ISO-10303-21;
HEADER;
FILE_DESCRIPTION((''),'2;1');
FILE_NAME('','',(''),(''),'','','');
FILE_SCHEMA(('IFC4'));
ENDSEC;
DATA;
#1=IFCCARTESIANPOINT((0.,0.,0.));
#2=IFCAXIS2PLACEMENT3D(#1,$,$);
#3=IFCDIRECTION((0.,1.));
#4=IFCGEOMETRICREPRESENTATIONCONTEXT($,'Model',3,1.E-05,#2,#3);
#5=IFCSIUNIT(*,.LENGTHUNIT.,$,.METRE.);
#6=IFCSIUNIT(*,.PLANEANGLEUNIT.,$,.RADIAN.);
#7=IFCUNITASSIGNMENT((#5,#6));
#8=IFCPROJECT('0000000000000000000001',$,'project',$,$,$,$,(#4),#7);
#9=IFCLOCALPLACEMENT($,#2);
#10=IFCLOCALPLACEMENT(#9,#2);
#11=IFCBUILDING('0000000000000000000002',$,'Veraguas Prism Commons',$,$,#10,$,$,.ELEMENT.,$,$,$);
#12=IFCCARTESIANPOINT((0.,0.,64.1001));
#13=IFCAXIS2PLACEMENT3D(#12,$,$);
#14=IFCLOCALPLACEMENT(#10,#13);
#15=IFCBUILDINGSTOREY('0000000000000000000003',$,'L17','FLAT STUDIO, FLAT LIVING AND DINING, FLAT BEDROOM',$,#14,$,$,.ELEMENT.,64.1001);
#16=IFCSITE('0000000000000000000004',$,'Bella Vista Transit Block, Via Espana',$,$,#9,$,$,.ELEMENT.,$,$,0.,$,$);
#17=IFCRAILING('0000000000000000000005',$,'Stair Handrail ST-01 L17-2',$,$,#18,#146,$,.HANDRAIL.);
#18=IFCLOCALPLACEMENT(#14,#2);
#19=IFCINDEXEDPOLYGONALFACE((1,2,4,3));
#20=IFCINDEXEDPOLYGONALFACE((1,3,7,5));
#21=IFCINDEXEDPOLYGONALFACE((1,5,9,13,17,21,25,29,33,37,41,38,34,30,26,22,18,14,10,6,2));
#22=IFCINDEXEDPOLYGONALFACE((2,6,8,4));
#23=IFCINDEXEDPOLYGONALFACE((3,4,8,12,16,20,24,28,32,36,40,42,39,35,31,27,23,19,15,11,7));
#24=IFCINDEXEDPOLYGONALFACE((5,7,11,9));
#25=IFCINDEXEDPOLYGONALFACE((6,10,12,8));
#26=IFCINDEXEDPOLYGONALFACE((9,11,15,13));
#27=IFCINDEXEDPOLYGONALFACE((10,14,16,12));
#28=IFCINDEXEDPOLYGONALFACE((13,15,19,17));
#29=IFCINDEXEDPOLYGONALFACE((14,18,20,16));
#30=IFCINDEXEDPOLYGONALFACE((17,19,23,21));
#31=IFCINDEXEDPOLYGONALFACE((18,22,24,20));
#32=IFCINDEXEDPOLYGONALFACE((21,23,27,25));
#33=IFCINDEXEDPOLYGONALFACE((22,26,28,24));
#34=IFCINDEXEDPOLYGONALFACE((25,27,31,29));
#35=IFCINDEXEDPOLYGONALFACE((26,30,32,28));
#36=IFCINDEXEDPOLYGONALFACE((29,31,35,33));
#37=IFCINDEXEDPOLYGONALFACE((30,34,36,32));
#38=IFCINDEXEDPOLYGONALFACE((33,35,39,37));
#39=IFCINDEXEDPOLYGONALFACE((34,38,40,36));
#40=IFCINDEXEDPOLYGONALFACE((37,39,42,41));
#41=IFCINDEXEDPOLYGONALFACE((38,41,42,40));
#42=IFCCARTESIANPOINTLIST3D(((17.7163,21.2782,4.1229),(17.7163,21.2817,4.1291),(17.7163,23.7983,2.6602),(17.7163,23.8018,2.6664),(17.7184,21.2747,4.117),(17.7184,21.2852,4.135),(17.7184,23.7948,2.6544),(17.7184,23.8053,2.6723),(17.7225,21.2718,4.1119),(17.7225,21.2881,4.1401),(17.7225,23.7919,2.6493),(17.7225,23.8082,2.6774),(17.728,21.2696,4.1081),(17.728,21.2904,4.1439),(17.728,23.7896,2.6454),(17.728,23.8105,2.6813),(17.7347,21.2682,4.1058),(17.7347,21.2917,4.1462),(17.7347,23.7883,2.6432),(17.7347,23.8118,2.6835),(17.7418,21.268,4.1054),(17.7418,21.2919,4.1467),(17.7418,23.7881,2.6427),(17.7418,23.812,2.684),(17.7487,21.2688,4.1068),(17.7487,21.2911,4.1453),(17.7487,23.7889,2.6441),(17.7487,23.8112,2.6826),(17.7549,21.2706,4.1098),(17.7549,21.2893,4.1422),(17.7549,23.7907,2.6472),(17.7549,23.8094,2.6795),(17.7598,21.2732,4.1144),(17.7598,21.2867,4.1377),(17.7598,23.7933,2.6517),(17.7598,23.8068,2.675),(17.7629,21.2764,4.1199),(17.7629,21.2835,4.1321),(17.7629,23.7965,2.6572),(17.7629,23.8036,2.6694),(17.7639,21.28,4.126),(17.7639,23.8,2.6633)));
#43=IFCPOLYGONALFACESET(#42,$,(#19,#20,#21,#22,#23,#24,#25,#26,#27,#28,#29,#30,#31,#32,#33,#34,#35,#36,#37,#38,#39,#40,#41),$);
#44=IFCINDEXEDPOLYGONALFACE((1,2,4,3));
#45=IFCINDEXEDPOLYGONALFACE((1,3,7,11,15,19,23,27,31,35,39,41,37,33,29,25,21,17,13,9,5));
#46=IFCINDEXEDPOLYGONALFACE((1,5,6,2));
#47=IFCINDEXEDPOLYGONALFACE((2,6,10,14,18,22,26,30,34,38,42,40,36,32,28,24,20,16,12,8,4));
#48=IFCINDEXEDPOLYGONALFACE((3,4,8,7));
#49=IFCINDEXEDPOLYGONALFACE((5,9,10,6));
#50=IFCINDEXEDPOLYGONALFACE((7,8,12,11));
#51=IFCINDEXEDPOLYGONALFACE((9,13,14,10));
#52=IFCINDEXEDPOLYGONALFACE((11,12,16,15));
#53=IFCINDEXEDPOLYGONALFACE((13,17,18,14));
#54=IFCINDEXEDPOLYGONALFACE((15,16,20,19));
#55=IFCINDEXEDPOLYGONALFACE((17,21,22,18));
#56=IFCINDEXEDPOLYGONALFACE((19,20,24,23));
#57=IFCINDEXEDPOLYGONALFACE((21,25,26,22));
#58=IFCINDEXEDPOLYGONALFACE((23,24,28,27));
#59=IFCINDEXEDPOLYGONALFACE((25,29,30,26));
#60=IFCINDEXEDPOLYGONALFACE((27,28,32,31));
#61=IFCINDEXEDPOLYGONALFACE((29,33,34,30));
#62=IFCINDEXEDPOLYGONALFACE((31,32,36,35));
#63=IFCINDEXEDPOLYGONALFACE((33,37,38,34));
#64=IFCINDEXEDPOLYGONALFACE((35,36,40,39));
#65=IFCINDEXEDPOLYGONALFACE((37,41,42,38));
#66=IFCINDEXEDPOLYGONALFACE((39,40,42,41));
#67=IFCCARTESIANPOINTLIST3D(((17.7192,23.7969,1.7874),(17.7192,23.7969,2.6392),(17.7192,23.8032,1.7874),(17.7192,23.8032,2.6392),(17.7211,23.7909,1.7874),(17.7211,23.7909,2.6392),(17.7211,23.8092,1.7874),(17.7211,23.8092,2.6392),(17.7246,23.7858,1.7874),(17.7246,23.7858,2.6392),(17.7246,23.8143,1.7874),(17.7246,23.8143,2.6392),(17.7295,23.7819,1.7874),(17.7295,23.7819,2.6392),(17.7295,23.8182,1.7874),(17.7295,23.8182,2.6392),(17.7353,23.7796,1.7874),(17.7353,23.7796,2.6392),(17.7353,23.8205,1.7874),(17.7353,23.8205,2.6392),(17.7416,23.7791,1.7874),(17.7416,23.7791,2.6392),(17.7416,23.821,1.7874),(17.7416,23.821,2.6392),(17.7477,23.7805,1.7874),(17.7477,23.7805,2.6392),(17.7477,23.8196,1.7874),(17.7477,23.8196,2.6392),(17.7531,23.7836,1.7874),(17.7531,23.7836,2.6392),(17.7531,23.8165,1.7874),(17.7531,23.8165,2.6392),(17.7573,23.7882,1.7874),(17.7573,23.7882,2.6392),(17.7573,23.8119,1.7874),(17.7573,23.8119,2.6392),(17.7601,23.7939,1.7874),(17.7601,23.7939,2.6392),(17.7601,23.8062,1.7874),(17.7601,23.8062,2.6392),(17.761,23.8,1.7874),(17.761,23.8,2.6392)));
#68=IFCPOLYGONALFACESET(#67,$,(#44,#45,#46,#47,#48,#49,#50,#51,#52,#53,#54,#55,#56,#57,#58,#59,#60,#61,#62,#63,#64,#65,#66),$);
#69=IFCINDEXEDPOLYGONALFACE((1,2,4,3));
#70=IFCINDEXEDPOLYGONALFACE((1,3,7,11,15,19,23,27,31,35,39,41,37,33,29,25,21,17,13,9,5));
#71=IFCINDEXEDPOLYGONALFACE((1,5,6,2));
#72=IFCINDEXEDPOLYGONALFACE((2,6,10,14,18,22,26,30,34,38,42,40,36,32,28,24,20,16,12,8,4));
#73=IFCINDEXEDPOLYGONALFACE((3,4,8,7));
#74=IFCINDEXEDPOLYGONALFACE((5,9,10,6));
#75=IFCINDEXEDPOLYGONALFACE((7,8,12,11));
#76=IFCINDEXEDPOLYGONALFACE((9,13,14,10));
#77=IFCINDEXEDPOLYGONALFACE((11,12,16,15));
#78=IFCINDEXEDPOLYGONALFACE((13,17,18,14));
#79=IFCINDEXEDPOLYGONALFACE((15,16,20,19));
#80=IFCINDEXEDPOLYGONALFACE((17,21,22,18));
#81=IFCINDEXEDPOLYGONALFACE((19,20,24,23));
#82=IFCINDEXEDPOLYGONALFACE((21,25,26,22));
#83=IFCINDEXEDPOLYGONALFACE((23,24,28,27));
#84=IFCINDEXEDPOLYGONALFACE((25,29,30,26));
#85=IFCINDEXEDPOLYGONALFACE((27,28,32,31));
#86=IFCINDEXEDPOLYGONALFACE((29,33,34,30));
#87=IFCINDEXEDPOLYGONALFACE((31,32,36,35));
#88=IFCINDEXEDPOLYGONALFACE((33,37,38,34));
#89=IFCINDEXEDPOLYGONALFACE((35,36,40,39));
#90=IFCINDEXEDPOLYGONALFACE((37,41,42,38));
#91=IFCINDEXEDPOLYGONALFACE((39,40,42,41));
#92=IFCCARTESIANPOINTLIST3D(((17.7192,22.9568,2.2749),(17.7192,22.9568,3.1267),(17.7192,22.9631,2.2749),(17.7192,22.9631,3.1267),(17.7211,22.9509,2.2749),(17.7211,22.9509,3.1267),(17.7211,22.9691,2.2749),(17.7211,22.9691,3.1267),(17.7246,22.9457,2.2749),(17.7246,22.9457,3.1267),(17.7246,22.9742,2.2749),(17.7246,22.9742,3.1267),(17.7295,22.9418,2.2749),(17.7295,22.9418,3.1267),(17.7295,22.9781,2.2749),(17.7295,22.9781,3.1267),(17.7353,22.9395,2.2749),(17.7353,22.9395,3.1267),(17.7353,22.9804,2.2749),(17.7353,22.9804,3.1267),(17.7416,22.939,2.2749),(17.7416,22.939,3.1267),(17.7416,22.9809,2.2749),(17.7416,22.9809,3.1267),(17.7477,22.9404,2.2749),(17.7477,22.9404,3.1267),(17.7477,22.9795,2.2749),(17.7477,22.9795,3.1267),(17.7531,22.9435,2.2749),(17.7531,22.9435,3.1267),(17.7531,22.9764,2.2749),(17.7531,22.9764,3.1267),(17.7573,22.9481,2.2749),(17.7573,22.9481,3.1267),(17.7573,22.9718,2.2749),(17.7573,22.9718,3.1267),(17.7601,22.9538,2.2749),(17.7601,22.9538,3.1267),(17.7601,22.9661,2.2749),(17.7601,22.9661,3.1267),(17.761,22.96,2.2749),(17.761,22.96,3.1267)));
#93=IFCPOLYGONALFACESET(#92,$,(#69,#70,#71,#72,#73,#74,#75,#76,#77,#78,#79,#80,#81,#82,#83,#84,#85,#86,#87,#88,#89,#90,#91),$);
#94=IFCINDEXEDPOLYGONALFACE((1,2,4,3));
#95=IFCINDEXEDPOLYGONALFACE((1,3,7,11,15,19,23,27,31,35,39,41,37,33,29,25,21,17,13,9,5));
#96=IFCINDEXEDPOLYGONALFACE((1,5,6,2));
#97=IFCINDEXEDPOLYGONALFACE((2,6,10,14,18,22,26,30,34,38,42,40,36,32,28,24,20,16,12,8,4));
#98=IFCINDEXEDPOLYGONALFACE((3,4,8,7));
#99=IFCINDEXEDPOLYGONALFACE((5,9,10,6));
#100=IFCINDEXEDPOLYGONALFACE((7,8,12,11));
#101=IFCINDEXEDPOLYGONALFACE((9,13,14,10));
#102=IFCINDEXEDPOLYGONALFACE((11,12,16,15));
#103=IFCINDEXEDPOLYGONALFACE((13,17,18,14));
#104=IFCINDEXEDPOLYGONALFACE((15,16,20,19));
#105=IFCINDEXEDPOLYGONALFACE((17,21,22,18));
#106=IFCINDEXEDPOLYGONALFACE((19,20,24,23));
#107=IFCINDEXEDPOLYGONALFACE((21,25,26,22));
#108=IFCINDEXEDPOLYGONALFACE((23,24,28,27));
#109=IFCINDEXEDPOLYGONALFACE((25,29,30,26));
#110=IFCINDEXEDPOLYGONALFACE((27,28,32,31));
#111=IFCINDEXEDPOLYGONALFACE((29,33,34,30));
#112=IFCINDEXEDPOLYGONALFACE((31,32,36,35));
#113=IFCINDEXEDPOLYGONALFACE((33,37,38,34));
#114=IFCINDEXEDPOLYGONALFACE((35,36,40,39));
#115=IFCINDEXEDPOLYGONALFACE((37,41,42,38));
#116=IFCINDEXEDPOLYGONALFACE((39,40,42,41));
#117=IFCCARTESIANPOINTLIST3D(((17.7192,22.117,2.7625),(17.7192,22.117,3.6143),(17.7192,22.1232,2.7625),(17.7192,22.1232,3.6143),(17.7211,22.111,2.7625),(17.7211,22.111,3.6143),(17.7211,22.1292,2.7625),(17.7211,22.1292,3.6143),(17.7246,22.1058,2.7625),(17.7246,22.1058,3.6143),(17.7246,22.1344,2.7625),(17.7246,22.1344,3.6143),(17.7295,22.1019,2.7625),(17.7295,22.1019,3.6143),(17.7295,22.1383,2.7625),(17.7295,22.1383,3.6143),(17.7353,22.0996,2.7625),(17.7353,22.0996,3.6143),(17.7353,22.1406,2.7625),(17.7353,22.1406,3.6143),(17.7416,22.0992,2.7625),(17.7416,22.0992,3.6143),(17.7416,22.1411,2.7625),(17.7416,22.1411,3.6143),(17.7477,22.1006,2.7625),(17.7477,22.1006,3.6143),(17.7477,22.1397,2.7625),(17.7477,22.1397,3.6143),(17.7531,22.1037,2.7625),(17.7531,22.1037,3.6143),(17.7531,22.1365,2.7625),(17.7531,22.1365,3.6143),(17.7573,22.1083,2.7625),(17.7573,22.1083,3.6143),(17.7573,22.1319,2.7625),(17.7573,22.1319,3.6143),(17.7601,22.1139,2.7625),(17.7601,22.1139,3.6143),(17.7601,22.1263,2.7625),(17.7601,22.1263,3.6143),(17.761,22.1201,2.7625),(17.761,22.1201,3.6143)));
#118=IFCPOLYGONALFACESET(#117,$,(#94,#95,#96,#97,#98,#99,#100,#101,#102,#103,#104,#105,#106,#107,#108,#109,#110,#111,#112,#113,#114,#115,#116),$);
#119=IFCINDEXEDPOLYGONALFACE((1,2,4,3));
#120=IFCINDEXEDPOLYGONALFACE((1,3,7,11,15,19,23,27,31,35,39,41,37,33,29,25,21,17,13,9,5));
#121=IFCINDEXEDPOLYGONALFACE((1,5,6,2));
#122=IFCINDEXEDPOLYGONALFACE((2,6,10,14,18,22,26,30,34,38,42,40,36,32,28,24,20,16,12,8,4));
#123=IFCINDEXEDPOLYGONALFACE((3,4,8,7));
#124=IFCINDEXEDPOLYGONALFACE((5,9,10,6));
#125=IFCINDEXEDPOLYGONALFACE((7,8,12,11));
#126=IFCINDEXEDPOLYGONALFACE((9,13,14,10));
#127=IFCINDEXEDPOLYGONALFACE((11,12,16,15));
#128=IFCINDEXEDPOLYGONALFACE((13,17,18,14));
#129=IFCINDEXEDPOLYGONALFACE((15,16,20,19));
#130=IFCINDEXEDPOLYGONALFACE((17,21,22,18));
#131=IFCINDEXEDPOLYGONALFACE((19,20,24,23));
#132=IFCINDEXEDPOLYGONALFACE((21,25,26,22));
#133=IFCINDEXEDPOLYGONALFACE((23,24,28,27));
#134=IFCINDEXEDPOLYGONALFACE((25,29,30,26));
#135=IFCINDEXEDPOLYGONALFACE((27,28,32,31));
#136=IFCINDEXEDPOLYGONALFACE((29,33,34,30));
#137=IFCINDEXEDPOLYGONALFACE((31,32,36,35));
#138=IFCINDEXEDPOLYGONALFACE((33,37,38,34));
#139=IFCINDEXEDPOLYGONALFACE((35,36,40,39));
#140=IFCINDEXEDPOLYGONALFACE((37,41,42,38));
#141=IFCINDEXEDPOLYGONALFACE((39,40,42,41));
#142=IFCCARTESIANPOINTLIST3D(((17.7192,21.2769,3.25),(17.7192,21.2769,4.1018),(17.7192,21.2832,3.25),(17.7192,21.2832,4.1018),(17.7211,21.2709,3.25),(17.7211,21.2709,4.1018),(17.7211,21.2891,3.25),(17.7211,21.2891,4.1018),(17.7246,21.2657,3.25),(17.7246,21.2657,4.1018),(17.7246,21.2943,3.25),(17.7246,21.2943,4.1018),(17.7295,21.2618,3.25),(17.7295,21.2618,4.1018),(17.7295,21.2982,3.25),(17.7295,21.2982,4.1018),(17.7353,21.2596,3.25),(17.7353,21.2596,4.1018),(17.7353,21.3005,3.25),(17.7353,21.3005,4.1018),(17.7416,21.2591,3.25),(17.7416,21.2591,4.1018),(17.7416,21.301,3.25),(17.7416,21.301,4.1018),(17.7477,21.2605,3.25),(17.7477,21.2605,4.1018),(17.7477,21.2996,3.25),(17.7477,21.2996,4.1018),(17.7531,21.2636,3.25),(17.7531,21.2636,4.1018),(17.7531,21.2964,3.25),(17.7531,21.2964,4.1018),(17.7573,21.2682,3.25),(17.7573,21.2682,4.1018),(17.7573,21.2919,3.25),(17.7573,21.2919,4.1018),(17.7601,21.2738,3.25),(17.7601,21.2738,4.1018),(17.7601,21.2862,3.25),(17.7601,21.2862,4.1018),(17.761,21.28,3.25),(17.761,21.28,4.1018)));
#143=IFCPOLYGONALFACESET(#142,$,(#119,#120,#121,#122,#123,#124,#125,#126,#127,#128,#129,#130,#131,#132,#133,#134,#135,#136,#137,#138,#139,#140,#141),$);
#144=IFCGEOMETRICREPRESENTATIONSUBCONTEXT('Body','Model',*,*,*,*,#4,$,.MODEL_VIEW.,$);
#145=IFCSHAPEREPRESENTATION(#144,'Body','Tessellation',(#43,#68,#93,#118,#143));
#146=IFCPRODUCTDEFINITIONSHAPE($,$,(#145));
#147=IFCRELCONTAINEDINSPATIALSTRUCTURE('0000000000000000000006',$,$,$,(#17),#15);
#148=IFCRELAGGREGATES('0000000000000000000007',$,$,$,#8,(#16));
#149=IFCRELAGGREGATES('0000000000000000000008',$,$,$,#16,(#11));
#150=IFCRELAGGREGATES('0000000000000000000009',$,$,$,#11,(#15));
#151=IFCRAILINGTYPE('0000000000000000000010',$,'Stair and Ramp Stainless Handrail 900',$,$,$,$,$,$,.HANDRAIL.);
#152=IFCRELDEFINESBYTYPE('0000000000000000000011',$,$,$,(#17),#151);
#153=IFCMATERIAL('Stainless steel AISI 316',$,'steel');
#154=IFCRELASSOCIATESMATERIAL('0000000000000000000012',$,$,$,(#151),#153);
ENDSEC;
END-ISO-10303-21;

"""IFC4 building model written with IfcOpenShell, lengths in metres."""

from ifc_helpers import new_model, si_unit, direction, frame, origin, origin_2d, place, context, subcontext, project, spatial, circle, extrude, material, type_object, element, save


model = new_model("IFC4")

# Units and contexts
model_context = context("Model", 3, precision=1e-05, world=origin(), true_north=direction((0.0, 1.0)))
body_context = subcontext(model_context, "Body", "Model", "MODEL_VIEW")
ifc_project = project(units=[si_unit("LENGTHUNIT", "METRE"), si_unit("PLANEANGLEUNIT", "RADIAN")], contexts=[model_context])

# Site, building, storey
site_placement = place(None, origin())
site = spatial("IfcSite", under=ifc_project, at=site_placement, Name="Bella Vista Transit Block, Via Espana", CompositionType="ELEMENT", RefElevation=0.0)
building_placement = place(site_placement, origin())
building = spatial("IfcBuilding", under=site, at=building_placement, Name="Veraguas Prism Commons", CompositionType="ELEMENT")
storey_placement = place(building_placement, frame((0.0, 0.0, 64.1001)))
storey = spatial("IfcBuildingStorey", under=building, at=storey_placement, Name="L17", Description="FLAT STUDIO, FLAT LIVING AND DINING, FLAT BEDROOM", CompositionType="ELEMENT", Elevation=64.1001)

# Railing
ifc_material_1 = material(Name="Stainless steel AISI 316", Category="steel")
railing_type_1 = type_object("IfcRailingType", Name="Stair and Ramp Stainless Handrail 900", PredefinedType="HANDRAIL", material=ifc_material_1)
railing_1_placement = place(storey_placement, frame((17.74, 23.8, 1.7874)))
element("IfcRailing", 1, at=railing_1_placement, inside=storey, type_object=railing_type_1, Name="Stair Handrail ST-01 L17-2", PredefinedType="HANDRAIL", context=body_context, shape_type="SweptSolid", body=[
    extrude(circle(Radius=0.0239, at=origin_2d()), frame((0.0, 0.0, 0.876), z_axis=(0.0, -0.864877, 0.501984), x_axis=(1.0, 0.0, 0.0)), (0.0, 0.0, 1.0), 2.9138),
    extrude(circle(Radius=0.021, at=origin_2d()), origin(), (0.0, 0.0, 1.0), 0.8518),
    extrude(circle(Radius=0.021, at=origin_2d()), frame((0.0, -0.8401, 0.4875)), (0.0, 0.0, 1.0), 0.8518),
    extrude(circle(Radius=0.021, at=origin_2d()), frame((0.0, -1.6799, 0.9751)), (0.0, 0.0, 1.0), 0.8518),
    extrude(circle(Radius=0.021, at=origin_2d()), frame((0.0, -2.52, 1.4626)), (0.0, 0.0, 1.0), 0.8518),
])

save(model, "model.ifc")
